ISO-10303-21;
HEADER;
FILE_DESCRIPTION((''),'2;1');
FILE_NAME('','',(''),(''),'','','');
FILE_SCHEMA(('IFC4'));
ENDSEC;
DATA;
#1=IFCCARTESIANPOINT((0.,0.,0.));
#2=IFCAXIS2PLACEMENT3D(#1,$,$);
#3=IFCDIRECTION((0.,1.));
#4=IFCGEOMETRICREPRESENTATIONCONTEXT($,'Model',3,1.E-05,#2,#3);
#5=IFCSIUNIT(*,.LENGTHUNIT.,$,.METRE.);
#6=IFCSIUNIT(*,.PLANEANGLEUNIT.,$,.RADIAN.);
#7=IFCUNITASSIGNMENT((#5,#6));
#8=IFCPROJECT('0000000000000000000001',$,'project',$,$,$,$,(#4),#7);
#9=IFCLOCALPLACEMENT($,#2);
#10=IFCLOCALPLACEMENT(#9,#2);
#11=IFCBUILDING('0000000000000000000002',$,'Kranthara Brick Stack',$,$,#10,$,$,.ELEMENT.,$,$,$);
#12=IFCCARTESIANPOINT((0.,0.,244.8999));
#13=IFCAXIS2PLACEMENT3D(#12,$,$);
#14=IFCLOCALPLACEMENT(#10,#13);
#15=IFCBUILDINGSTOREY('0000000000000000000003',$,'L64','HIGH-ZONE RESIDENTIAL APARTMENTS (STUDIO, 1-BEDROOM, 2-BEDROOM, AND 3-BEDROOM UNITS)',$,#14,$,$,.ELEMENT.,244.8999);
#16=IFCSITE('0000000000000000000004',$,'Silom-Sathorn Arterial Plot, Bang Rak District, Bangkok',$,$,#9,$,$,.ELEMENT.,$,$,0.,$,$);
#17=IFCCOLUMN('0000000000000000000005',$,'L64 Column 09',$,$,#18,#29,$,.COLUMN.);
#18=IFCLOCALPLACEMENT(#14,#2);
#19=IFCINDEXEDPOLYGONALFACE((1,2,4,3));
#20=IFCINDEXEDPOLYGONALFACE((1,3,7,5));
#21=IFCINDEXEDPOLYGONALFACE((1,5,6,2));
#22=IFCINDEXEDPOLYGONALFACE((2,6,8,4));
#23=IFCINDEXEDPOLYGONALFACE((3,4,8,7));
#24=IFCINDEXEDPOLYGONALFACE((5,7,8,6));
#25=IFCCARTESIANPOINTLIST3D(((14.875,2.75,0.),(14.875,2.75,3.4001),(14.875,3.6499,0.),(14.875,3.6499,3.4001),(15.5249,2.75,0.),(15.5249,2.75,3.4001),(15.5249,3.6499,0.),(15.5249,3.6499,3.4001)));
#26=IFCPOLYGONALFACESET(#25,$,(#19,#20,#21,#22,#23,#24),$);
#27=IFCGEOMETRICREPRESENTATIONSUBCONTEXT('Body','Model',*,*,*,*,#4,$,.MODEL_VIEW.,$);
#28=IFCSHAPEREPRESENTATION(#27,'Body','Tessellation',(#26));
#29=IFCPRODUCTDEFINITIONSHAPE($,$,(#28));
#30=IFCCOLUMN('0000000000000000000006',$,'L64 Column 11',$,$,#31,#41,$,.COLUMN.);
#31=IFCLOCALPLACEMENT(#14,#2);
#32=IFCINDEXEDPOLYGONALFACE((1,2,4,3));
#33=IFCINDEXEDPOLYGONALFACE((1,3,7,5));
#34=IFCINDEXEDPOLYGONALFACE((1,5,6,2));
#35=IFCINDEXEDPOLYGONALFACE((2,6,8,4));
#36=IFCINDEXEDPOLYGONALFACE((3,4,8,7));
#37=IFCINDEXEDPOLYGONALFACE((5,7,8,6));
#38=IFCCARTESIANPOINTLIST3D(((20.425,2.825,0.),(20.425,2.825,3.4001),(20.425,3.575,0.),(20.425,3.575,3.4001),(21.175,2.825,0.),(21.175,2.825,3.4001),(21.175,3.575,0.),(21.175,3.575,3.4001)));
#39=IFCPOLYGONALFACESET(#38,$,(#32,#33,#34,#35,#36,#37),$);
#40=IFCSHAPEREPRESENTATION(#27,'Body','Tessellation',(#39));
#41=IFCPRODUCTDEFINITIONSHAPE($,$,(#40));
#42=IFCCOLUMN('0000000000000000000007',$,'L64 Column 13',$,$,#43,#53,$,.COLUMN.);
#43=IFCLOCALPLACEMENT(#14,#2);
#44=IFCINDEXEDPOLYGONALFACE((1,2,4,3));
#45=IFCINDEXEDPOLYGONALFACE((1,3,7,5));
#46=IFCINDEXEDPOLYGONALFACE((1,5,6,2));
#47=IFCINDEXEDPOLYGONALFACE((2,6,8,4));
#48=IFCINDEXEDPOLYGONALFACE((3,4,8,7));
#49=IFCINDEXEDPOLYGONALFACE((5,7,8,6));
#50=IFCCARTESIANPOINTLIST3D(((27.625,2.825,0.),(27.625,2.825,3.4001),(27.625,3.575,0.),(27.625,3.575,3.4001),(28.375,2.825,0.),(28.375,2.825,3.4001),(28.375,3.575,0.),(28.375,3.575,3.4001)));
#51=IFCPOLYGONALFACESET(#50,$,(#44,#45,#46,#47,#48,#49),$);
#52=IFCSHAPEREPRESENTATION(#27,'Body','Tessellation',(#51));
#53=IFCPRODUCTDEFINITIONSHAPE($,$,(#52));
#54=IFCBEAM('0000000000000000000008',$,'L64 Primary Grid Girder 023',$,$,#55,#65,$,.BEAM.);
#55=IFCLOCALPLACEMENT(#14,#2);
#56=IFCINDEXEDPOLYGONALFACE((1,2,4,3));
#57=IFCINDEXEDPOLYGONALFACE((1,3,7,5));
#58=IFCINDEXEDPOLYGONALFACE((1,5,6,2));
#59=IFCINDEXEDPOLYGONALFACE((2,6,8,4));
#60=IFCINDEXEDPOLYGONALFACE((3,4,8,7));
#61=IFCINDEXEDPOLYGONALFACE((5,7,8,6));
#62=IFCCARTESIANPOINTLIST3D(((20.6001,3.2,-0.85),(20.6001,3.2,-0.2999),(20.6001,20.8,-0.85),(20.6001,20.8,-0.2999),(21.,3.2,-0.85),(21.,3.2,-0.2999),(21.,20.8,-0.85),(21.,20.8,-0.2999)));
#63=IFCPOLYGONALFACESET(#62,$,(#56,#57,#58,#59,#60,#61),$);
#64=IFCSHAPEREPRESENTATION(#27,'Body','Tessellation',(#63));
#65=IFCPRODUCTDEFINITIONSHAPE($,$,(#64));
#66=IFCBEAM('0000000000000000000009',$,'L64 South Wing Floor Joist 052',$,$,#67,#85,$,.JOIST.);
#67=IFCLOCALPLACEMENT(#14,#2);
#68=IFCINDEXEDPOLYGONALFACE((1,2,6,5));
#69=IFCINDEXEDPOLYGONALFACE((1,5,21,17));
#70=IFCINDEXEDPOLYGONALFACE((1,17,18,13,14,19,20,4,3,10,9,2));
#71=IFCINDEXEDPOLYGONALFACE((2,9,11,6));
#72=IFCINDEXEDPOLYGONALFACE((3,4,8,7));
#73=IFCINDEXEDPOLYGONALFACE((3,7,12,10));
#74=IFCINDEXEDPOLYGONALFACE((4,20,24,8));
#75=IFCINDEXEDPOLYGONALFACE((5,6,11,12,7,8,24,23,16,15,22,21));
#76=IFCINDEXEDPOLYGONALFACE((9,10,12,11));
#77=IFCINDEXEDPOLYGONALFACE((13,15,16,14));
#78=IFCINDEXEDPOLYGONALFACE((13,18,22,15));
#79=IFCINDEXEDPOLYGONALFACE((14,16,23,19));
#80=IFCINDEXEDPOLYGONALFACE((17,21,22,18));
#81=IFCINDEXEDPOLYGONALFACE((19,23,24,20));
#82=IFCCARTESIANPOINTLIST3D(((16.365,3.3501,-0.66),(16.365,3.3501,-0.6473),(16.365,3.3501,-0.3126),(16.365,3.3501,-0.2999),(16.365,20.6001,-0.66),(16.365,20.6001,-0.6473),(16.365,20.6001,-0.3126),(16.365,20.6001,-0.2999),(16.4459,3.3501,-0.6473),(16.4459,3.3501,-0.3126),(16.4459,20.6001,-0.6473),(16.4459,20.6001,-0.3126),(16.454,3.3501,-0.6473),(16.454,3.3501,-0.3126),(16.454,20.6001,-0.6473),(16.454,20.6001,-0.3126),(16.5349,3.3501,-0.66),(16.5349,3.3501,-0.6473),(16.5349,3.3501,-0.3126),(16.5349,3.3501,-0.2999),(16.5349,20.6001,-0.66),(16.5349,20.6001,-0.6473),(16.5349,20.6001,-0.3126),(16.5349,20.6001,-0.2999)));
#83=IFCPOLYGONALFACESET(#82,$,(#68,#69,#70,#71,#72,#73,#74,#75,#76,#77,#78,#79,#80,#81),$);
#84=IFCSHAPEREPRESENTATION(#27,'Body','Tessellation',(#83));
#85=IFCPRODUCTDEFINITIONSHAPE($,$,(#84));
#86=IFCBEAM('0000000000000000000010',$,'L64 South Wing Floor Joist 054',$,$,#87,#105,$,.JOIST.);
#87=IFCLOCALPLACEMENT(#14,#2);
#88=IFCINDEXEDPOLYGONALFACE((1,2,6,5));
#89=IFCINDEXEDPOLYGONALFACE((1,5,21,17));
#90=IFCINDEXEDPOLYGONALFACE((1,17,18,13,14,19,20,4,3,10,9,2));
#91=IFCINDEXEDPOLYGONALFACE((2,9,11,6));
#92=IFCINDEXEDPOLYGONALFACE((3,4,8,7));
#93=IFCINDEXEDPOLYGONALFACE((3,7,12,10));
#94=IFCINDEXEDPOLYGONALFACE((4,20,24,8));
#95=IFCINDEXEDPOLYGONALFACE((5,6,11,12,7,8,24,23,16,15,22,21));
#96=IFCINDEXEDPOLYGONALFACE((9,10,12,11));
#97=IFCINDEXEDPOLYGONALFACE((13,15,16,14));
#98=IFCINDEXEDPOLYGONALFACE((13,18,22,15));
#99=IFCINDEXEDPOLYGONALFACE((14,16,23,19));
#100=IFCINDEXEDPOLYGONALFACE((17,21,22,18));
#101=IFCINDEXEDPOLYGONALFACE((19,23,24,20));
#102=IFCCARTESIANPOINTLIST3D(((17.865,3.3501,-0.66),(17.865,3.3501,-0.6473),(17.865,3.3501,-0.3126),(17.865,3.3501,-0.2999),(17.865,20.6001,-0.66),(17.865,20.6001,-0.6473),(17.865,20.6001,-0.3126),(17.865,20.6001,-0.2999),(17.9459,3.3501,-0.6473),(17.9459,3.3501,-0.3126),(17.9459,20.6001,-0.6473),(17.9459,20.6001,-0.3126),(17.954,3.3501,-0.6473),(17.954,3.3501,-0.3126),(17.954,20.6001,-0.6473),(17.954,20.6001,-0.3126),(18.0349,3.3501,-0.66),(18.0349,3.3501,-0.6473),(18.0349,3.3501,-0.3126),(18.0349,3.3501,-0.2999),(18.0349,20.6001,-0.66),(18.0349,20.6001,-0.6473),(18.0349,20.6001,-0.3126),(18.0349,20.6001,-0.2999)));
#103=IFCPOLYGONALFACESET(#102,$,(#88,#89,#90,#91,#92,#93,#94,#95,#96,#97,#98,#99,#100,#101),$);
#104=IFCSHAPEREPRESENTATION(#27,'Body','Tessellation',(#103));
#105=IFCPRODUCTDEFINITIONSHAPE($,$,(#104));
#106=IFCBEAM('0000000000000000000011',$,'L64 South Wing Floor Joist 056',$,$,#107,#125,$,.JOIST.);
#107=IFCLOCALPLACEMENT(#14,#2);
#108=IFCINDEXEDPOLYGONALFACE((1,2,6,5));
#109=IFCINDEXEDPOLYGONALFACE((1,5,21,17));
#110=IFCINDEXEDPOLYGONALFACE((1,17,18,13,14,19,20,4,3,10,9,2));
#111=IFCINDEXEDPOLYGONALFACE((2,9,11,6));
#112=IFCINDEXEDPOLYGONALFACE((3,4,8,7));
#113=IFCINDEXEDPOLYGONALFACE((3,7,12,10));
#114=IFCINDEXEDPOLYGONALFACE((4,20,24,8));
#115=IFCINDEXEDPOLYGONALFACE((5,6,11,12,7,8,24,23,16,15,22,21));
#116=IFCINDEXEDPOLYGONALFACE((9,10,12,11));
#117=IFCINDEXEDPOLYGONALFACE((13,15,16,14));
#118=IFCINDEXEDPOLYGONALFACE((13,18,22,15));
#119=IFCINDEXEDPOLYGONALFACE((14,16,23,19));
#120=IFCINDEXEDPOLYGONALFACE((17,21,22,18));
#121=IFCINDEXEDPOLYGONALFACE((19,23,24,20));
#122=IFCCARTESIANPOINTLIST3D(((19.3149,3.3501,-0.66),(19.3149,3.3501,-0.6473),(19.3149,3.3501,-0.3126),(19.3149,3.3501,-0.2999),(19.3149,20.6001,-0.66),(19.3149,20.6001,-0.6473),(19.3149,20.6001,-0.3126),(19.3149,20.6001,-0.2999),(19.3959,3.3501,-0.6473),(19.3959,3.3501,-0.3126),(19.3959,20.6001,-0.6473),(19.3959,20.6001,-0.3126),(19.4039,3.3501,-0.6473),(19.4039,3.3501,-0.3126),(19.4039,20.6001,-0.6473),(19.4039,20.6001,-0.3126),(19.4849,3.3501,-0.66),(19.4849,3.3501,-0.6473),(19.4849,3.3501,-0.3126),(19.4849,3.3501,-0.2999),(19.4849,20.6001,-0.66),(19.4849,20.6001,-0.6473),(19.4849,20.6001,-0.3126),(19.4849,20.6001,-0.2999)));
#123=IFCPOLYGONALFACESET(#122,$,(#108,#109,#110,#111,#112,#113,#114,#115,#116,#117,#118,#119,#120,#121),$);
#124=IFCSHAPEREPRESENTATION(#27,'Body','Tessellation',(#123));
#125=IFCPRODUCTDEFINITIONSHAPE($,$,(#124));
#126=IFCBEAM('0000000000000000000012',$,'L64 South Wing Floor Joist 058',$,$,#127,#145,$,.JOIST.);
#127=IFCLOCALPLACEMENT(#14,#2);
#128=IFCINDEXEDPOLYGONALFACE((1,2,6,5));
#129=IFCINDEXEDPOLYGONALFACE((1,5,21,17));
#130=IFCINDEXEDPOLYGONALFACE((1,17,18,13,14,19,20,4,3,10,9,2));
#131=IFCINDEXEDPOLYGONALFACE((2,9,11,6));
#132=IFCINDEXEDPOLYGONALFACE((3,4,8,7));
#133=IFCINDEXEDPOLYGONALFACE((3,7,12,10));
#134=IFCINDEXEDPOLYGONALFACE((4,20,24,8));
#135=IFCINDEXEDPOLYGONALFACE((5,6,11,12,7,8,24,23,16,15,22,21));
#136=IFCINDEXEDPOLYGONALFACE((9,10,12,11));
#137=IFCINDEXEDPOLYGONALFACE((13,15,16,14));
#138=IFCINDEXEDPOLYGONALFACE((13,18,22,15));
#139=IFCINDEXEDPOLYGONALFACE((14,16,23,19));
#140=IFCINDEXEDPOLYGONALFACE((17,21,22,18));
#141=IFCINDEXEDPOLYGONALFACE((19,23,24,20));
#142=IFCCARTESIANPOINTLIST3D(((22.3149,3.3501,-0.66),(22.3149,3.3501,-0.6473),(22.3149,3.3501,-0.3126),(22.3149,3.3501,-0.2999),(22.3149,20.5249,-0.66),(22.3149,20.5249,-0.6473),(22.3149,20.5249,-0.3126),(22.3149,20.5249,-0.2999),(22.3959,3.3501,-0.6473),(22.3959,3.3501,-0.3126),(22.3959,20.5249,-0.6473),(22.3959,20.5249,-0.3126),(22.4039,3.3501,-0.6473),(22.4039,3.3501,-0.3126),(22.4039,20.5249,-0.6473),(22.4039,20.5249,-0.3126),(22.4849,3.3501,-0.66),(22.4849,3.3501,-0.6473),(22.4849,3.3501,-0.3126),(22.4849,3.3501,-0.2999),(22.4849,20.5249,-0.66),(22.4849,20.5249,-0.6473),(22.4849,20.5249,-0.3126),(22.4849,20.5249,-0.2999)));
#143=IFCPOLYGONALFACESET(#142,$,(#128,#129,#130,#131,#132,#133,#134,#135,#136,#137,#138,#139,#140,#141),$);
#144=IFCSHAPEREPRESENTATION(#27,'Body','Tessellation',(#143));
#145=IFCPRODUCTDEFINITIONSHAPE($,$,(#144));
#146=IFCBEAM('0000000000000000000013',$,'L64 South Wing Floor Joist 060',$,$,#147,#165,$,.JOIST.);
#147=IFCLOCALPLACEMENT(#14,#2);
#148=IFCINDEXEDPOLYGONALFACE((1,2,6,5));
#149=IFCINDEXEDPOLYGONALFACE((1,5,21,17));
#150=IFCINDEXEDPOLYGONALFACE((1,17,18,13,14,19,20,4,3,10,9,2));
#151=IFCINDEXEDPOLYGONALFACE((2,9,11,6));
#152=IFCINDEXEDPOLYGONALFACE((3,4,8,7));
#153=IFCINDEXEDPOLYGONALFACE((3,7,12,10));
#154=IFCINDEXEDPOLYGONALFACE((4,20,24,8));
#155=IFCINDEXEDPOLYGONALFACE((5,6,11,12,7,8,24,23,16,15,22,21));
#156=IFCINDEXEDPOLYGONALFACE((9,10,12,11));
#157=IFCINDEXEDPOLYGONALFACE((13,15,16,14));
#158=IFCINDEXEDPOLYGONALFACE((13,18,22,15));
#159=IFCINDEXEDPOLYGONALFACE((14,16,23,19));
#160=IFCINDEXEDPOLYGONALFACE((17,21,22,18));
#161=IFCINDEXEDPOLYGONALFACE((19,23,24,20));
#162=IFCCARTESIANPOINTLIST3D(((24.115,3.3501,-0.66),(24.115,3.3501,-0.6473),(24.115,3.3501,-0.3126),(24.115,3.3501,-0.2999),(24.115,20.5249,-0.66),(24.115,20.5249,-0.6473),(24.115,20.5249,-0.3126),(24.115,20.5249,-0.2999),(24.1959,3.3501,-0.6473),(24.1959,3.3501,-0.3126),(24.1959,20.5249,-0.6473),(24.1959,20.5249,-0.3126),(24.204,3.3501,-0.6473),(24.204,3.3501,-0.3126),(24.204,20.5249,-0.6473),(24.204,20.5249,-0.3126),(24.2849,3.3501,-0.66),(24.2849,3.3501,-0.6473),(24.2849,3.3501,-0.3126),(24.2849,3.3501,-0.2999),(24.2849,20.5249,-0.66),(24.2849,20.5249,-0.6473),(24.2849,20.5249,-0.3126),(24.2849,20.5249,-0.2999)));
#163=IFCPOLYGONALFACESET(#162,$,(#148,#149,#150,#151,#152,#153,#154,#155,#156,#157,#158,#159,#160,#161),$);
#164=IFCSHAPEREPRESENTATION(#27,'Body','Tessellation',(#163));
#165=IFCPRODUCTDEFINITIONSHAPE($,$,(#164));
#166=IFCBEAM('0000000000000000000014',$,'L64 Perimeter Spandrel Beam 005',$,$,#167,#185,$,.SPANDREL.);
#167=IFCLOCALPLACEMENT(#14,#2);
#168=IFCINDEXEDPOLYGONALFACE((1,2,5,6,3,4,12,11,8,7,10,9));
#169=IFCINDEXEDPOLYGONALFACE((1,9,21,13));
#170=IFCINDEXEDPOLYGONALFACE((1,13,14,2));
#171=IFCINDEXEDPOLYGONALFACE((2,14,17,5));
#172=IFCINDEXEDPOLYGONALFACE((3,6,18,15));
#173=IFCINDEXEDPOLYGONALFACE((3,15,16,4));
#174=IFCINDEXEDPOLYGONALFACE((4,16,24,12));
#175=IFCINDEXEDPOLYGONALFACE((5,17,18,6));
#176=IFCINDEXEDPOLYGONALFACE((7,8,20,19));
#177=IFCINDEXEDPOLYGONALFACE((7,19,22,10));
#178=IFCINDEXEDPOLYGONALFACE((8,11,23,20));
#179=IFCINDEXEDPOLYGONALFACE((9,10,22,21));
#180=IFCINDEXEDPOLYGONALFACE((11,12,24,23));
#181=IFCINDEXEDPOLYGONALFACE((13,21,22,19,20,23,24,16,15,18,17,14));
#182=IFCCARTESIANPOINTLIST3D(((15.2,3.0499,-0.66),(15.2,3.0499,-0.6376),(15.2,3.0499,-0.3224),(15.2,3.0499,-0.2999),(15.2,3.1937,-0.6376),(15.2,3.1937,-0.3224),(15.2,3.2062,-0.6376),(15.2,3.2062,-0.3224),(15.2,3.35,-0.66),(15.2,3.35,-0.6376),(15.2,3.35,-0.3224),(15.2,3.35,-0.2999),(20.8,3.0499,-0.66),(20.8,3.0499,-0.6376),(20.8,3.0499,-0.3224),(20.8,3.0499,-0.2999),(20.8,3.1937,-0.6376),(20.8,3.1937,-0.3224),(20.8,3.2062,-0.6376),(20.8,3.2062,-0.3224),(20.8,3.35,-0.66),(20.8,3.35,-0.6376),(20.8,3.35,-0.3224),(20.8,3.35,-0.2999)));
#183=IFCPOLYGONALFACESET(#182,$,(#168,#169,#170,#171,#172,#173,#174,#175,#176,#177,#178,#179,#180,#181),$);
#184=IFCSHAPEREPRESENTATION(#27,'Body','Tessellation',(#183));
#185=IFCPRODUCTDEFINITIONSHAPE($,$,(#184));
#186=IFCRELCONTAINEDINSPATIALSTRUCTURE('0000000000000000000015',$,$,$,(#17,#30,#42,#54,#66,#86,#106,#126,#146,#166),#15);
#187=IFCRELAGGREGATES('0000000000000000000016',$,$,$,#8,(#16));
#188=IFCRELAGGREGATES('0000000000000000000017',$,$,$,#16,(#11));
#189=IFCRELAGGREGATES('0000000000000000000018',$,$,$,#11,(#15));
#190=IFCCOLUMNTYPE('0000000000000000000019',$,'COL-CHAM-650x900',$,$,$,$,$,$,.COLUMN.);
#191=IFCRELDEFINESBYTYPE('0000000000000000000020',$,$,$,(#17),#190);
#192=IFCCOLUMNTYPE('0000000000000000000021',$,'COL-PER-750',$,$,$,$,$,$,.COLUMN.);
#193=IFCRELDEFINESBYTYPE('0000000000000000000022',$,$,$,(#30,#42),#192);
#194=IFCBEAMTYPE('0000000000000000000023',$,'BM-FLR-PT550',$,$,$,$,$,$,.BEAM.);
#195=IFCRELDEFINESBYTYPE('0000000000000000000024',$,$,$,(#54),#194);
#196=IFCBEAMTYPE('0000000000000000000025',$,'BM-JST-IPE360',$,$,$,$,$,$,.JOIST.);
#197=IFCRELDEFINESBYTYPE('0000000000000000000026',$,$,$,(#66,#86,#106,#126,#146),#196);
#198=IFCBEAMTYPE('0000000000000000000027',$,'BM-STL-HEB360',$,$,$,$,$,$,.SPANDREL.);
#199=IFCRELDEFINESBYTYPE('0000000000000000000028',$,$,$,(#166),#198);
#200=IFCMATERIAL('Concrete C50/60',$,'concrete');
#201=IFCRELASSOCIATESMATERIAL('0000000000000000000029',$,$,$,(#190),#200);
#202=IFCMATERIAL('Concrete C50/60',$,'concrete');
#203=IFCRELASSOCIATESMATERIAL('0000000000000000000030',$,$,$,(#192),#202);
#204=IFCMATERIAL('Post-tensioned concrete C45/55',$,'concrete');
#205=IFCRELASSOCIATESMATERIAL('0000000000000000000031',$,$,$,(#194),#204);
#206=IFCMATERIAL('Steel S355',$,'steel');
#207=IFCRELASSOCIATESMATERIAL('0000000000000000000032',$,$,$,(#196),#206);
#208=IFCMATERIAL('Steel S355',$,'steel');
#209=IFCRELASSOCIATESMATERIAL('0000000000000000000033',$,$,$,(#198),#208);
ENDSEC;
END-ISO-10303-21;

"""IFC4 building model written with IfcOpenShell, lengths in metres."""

from ifc_helpers import new_model, si_unit, direction, frame, origin, origin_2d, place, context, subcontext, project, spatial, rectangle, i_section, extrude, material, material_profile, profile_set, type_object, element, save


model = new_model("IFC4")

# Units and contexts
model_context = context("Model", 3, precision=1e-05, world=origin(), true_north=direction((0.0, 1.0)))
body_context = subcontext(model_context, "Body", "Model", "MODEL_VIEW")
ifc_project = project(units=[si_unit("LENGTHUNIT", "METRE"), si_unit("PLANEANGLEUNIT", "RADIAN")], contexts=[model_context])

# Site, building, storey
site_placement = place(None, origin())
site = spatial("IfcSite", under=ifc_project, at=site_placement, Name="Silom-Sathorn Arterial Plot, Bang Rak District, Bangkok", CompositionType="ELEMENT", RefElevation=0.0)
building_placement = place(site_placement, origin())
building = spatial("IfcBuilding", under=site, at=building_placement, Name="Kranthara Brick Stack", CompositionType="ELEMENT")
storey_placement = place(building_placement, frame((0.0, 0.0, 244.8999)))
storey = spatial("IfcBuildingStorey", under=building, at=storey_placement, Name="L64", Description="HIGH-ZONE RESIDENTIAL APARTMENTS (STUDIO, 1-BEDROOM, 2-BEDROOM, AND 3-BEDROOM UNITS)", CompositionType="ELEMENT", Elevation=244.8999)

# Columns
ifc_material_1 = material(Name="Concrete C50/60", Category="concrete")
ifc_material_profile_1 = material_profile(ifc_material_1, rectangle(XDim=0.6499, YDim=0.8999, at=origin_2d()), Name="RC 650x900")
ifc_profile_set_1 = profile_set([ifc_material_profile_1], Name="Concrete C50/60")
column_type_1 = type_object("IfcColumnType", Name="COL-CHAM-650x900", PredefinedType="COLUMN", material=ifc_profile_set_1)
column_placement = place(storey_placement, frame((15.2, 3.2, 0.0), z_axis=(0.0, 0.0, 1.0), x_axis=(1.0, 0.0, 0.0)))
element("IfcColumn", 1, at=column_placement, inside=storey, type_object=column_type_1, Name="L64 Column 09", PredefinedType="COLUMN", context=body_context, shape_type="SweptSolid", body=[
    extrude(rectangle(XDim=0.6499, YDim=0.8999, at=origin_2d()), origin(), (0.0, 0.0, 1.0), 3.4001),
])
ifc_material_2 = material(Name="Concrete C50/60", Category="concrete")
ifc_material_profile_2 = material_profile(ifc_material_2, rectangle(XDim=0.75, YDim=0.75, at=origin_2d()), Name="RC 750x750")
ifc_profile_set_2 = profile_set([ifc_material_profile_2], Name="Concrete C50/60")
column_type_2 = type_object("IfcColumnType", Name="COL-PER-750", PredefinedType="COLUMN", material=ifc_profile_set_2)
for number, where, z_axis, x_axis, name in (
    (2, (20.8, 3.2, 0.0), (0.0, 0.0, 1.0), (1.0, 0.0, 0.0), "L64 Column 11"),
    (3, (28.0, 3.2, 0.0), (0.0, 0.0, 1.0), (1.0, 0.0, 0.0), "L64 Column 13"),
):
    element("IfcColumn", number, at=place(storey_placement, frame(where, z_axis=z_axis, x_axis=x_axis)), inside=storey, type_object=column_type_2, Name=name, PredefinedType="COLUMN", context=body_context, shape_type="SweptSolid", body=[
        extrude(rectangle(XDim=0.75, YDim=0.75, at=origin_2d()), origin(), (0.0, 0.0, 1.0), 3.4001),
    ])

# Beams
ifc_material_3 = material(Name="Post-tensioned concrete C45/55", Category="concrete")
ifc_material_profile_3 = material_profile(ifc_material_3, rectangle(XDim=0.3999, YDim=0.55, at=origin_2d()), Name="PT 400x550")
ifc_profile_set_3 = profile_set([ifc_material_profile_3], Name="Post-tensioned concrete C45/55")
beam_type_1 = type_object("IfcBeamType", Name="BM-FLR-PT550", PredefinedType="BEAM", material=ifc_profile_set_3)
beam_1_placement = place(storey_placement, frame((20.8, 3.2, -0.575), z_axis=(0.0, 1.0, 0.0), x_axis=(-1.0, 0.0, 0.0)))
element("IfcBeam", 4, at=beam_1_placement, inside=storey, type_object=beam_type_1, Name="L64 Primary Grid Girder 023", PredefinedType="BEAM", context=body_context, shape_type="SweptSolid", body=[
    extrude(rectangle(XDim=0.3999, YDim=0.55, at=origin_2d()), origin(), (0.0, 0.0, 1.0), 17.6001),
])
ifc_material_4 = material(Name="Steel S355", Category="steel")
ifc_material_profile_4 = material_profile(ifc_material_4, i_section(OverallWidth=0.1699, OverallDepth=0.3601, WebThickness=0.0081, FlangeThickness=0.0127, at=origin_2d()), Name="IPE 360")
ifc_profile_set_4 = profile_set([ifc_material_profile_4], Name="Steel S355")
beam_type_2 = type_object("IfcBeamType", Name="BM-JST-IPE360", PredefinedType="JOIST", material=ifc_profile_set_4)
for number, where, z_axis, x_axis, name in (
    (5, (16.45, 3.3501, -0.48), (0.0, 1.0, 0.0), (-1.0, 0.0, 0.0), "L64 South Wing Floor Joist 052"),
    (6, (17.95, 3.3501, -0.48), (0.0, 1.0, 0.0), (-1.0, 0.0, 0.0), "L64 South Wing Floor Joist 054"),
    (7, (19.3999, 3.3501, -0.48), (0.0, 1.0, 0.0), (-1.0, 0.0, 0.0), "L64 South Wing Floor Joist 056"),
):
    element("IfcBeam", number, at=place(storey_placement, frame(where, z_axis=z_axis, x_axis=x_axis)), inside=storey, type_object=beam_type_2, Name=name, PredefinedType="JOIST", context=body_context, shape_type="SweptSolid", body=[
        extrude(i_section(OverallWidth=0.1699, OverallDepth=0.3601, WebThickness=0.0081, FlangeThickness=0.0127, at=origin_2d()), origin(), (0.0, 0.0, 1.0), 17.25),
    ])
for number, where, z_axis, x_axis, name in (
    (8, (22.3999, 3.3501, -0.48), (0.0, 1.0, 0.0), (-1.0, 0.0, 0.0), "L64 South Wing Floor Joist 058"),
    (9, (24.2, 3.3501, -0.48), (0.0, 1.0, 0.0), (-1.0, 0.0, 0.0), "L64 South Wing Floor Joist 060"),
):
    element("IfcBeam", number, at=place(storey_placement, frame(where, z_axis=z_axis, x_axis=x_axis)), inside=storey, type_object=beam_type_2, Name=name, PredefinedType="JOIST", context=body_context, shape_type="SweptSolid", body=[
        extrude(i_section(OverallWidth=0.1699, OverallDepth=0.3601, WebThickness=0.0081, FlangeThickness=0.0127, at=origin_2d()), origin(), (0.0, 0.0, 1.0), 17.1748),
    ])
ifc_material_5 = material(Name="Steel S355", Category="steel")
ifc_material_profile_5 = material_profile(ifc_material_5, i_section(OverallWidth=0.3, OverallDepth=0.3601, WebThickness=0.0125, FlangeThickness=0.0225, at=origin_2d()), Name="HEB 360")
ifc_profile_set_5 = profile_set([ifc_material_profile_5], Name="Steel S355")
beam_type_3 = type_object("IfcBeamType", Name="BM-STL-HEB360", PredefinedType="SPANDREL", material=ifc_profile_set_5)
beam_2_placement = place(storey_placement, frame((15.2, 3.2, -0.48), z_axis=(1.0, 0.0, 0.0), x_axis=(0.0, 1.0, 0.0)))
element("IfcBeam", 10, at=beam_2_placement, inside=storey, type_object=beam_type_3, Name="L64 Perimeter Spandrel Beam 005", PredefinedType="SPANDREL", context=body_context, shape_type="SweptSolid", body=[
    extrude(i_section(OverallWidth=0.3, OverallDepth=0.3601, WebThickness=0.0125, FlangeThickness=0.0225, at=origin_2d()), origin(), (0.0, 0.0, 1.0), 5.6001),
])

save(model, "model.ifc")
